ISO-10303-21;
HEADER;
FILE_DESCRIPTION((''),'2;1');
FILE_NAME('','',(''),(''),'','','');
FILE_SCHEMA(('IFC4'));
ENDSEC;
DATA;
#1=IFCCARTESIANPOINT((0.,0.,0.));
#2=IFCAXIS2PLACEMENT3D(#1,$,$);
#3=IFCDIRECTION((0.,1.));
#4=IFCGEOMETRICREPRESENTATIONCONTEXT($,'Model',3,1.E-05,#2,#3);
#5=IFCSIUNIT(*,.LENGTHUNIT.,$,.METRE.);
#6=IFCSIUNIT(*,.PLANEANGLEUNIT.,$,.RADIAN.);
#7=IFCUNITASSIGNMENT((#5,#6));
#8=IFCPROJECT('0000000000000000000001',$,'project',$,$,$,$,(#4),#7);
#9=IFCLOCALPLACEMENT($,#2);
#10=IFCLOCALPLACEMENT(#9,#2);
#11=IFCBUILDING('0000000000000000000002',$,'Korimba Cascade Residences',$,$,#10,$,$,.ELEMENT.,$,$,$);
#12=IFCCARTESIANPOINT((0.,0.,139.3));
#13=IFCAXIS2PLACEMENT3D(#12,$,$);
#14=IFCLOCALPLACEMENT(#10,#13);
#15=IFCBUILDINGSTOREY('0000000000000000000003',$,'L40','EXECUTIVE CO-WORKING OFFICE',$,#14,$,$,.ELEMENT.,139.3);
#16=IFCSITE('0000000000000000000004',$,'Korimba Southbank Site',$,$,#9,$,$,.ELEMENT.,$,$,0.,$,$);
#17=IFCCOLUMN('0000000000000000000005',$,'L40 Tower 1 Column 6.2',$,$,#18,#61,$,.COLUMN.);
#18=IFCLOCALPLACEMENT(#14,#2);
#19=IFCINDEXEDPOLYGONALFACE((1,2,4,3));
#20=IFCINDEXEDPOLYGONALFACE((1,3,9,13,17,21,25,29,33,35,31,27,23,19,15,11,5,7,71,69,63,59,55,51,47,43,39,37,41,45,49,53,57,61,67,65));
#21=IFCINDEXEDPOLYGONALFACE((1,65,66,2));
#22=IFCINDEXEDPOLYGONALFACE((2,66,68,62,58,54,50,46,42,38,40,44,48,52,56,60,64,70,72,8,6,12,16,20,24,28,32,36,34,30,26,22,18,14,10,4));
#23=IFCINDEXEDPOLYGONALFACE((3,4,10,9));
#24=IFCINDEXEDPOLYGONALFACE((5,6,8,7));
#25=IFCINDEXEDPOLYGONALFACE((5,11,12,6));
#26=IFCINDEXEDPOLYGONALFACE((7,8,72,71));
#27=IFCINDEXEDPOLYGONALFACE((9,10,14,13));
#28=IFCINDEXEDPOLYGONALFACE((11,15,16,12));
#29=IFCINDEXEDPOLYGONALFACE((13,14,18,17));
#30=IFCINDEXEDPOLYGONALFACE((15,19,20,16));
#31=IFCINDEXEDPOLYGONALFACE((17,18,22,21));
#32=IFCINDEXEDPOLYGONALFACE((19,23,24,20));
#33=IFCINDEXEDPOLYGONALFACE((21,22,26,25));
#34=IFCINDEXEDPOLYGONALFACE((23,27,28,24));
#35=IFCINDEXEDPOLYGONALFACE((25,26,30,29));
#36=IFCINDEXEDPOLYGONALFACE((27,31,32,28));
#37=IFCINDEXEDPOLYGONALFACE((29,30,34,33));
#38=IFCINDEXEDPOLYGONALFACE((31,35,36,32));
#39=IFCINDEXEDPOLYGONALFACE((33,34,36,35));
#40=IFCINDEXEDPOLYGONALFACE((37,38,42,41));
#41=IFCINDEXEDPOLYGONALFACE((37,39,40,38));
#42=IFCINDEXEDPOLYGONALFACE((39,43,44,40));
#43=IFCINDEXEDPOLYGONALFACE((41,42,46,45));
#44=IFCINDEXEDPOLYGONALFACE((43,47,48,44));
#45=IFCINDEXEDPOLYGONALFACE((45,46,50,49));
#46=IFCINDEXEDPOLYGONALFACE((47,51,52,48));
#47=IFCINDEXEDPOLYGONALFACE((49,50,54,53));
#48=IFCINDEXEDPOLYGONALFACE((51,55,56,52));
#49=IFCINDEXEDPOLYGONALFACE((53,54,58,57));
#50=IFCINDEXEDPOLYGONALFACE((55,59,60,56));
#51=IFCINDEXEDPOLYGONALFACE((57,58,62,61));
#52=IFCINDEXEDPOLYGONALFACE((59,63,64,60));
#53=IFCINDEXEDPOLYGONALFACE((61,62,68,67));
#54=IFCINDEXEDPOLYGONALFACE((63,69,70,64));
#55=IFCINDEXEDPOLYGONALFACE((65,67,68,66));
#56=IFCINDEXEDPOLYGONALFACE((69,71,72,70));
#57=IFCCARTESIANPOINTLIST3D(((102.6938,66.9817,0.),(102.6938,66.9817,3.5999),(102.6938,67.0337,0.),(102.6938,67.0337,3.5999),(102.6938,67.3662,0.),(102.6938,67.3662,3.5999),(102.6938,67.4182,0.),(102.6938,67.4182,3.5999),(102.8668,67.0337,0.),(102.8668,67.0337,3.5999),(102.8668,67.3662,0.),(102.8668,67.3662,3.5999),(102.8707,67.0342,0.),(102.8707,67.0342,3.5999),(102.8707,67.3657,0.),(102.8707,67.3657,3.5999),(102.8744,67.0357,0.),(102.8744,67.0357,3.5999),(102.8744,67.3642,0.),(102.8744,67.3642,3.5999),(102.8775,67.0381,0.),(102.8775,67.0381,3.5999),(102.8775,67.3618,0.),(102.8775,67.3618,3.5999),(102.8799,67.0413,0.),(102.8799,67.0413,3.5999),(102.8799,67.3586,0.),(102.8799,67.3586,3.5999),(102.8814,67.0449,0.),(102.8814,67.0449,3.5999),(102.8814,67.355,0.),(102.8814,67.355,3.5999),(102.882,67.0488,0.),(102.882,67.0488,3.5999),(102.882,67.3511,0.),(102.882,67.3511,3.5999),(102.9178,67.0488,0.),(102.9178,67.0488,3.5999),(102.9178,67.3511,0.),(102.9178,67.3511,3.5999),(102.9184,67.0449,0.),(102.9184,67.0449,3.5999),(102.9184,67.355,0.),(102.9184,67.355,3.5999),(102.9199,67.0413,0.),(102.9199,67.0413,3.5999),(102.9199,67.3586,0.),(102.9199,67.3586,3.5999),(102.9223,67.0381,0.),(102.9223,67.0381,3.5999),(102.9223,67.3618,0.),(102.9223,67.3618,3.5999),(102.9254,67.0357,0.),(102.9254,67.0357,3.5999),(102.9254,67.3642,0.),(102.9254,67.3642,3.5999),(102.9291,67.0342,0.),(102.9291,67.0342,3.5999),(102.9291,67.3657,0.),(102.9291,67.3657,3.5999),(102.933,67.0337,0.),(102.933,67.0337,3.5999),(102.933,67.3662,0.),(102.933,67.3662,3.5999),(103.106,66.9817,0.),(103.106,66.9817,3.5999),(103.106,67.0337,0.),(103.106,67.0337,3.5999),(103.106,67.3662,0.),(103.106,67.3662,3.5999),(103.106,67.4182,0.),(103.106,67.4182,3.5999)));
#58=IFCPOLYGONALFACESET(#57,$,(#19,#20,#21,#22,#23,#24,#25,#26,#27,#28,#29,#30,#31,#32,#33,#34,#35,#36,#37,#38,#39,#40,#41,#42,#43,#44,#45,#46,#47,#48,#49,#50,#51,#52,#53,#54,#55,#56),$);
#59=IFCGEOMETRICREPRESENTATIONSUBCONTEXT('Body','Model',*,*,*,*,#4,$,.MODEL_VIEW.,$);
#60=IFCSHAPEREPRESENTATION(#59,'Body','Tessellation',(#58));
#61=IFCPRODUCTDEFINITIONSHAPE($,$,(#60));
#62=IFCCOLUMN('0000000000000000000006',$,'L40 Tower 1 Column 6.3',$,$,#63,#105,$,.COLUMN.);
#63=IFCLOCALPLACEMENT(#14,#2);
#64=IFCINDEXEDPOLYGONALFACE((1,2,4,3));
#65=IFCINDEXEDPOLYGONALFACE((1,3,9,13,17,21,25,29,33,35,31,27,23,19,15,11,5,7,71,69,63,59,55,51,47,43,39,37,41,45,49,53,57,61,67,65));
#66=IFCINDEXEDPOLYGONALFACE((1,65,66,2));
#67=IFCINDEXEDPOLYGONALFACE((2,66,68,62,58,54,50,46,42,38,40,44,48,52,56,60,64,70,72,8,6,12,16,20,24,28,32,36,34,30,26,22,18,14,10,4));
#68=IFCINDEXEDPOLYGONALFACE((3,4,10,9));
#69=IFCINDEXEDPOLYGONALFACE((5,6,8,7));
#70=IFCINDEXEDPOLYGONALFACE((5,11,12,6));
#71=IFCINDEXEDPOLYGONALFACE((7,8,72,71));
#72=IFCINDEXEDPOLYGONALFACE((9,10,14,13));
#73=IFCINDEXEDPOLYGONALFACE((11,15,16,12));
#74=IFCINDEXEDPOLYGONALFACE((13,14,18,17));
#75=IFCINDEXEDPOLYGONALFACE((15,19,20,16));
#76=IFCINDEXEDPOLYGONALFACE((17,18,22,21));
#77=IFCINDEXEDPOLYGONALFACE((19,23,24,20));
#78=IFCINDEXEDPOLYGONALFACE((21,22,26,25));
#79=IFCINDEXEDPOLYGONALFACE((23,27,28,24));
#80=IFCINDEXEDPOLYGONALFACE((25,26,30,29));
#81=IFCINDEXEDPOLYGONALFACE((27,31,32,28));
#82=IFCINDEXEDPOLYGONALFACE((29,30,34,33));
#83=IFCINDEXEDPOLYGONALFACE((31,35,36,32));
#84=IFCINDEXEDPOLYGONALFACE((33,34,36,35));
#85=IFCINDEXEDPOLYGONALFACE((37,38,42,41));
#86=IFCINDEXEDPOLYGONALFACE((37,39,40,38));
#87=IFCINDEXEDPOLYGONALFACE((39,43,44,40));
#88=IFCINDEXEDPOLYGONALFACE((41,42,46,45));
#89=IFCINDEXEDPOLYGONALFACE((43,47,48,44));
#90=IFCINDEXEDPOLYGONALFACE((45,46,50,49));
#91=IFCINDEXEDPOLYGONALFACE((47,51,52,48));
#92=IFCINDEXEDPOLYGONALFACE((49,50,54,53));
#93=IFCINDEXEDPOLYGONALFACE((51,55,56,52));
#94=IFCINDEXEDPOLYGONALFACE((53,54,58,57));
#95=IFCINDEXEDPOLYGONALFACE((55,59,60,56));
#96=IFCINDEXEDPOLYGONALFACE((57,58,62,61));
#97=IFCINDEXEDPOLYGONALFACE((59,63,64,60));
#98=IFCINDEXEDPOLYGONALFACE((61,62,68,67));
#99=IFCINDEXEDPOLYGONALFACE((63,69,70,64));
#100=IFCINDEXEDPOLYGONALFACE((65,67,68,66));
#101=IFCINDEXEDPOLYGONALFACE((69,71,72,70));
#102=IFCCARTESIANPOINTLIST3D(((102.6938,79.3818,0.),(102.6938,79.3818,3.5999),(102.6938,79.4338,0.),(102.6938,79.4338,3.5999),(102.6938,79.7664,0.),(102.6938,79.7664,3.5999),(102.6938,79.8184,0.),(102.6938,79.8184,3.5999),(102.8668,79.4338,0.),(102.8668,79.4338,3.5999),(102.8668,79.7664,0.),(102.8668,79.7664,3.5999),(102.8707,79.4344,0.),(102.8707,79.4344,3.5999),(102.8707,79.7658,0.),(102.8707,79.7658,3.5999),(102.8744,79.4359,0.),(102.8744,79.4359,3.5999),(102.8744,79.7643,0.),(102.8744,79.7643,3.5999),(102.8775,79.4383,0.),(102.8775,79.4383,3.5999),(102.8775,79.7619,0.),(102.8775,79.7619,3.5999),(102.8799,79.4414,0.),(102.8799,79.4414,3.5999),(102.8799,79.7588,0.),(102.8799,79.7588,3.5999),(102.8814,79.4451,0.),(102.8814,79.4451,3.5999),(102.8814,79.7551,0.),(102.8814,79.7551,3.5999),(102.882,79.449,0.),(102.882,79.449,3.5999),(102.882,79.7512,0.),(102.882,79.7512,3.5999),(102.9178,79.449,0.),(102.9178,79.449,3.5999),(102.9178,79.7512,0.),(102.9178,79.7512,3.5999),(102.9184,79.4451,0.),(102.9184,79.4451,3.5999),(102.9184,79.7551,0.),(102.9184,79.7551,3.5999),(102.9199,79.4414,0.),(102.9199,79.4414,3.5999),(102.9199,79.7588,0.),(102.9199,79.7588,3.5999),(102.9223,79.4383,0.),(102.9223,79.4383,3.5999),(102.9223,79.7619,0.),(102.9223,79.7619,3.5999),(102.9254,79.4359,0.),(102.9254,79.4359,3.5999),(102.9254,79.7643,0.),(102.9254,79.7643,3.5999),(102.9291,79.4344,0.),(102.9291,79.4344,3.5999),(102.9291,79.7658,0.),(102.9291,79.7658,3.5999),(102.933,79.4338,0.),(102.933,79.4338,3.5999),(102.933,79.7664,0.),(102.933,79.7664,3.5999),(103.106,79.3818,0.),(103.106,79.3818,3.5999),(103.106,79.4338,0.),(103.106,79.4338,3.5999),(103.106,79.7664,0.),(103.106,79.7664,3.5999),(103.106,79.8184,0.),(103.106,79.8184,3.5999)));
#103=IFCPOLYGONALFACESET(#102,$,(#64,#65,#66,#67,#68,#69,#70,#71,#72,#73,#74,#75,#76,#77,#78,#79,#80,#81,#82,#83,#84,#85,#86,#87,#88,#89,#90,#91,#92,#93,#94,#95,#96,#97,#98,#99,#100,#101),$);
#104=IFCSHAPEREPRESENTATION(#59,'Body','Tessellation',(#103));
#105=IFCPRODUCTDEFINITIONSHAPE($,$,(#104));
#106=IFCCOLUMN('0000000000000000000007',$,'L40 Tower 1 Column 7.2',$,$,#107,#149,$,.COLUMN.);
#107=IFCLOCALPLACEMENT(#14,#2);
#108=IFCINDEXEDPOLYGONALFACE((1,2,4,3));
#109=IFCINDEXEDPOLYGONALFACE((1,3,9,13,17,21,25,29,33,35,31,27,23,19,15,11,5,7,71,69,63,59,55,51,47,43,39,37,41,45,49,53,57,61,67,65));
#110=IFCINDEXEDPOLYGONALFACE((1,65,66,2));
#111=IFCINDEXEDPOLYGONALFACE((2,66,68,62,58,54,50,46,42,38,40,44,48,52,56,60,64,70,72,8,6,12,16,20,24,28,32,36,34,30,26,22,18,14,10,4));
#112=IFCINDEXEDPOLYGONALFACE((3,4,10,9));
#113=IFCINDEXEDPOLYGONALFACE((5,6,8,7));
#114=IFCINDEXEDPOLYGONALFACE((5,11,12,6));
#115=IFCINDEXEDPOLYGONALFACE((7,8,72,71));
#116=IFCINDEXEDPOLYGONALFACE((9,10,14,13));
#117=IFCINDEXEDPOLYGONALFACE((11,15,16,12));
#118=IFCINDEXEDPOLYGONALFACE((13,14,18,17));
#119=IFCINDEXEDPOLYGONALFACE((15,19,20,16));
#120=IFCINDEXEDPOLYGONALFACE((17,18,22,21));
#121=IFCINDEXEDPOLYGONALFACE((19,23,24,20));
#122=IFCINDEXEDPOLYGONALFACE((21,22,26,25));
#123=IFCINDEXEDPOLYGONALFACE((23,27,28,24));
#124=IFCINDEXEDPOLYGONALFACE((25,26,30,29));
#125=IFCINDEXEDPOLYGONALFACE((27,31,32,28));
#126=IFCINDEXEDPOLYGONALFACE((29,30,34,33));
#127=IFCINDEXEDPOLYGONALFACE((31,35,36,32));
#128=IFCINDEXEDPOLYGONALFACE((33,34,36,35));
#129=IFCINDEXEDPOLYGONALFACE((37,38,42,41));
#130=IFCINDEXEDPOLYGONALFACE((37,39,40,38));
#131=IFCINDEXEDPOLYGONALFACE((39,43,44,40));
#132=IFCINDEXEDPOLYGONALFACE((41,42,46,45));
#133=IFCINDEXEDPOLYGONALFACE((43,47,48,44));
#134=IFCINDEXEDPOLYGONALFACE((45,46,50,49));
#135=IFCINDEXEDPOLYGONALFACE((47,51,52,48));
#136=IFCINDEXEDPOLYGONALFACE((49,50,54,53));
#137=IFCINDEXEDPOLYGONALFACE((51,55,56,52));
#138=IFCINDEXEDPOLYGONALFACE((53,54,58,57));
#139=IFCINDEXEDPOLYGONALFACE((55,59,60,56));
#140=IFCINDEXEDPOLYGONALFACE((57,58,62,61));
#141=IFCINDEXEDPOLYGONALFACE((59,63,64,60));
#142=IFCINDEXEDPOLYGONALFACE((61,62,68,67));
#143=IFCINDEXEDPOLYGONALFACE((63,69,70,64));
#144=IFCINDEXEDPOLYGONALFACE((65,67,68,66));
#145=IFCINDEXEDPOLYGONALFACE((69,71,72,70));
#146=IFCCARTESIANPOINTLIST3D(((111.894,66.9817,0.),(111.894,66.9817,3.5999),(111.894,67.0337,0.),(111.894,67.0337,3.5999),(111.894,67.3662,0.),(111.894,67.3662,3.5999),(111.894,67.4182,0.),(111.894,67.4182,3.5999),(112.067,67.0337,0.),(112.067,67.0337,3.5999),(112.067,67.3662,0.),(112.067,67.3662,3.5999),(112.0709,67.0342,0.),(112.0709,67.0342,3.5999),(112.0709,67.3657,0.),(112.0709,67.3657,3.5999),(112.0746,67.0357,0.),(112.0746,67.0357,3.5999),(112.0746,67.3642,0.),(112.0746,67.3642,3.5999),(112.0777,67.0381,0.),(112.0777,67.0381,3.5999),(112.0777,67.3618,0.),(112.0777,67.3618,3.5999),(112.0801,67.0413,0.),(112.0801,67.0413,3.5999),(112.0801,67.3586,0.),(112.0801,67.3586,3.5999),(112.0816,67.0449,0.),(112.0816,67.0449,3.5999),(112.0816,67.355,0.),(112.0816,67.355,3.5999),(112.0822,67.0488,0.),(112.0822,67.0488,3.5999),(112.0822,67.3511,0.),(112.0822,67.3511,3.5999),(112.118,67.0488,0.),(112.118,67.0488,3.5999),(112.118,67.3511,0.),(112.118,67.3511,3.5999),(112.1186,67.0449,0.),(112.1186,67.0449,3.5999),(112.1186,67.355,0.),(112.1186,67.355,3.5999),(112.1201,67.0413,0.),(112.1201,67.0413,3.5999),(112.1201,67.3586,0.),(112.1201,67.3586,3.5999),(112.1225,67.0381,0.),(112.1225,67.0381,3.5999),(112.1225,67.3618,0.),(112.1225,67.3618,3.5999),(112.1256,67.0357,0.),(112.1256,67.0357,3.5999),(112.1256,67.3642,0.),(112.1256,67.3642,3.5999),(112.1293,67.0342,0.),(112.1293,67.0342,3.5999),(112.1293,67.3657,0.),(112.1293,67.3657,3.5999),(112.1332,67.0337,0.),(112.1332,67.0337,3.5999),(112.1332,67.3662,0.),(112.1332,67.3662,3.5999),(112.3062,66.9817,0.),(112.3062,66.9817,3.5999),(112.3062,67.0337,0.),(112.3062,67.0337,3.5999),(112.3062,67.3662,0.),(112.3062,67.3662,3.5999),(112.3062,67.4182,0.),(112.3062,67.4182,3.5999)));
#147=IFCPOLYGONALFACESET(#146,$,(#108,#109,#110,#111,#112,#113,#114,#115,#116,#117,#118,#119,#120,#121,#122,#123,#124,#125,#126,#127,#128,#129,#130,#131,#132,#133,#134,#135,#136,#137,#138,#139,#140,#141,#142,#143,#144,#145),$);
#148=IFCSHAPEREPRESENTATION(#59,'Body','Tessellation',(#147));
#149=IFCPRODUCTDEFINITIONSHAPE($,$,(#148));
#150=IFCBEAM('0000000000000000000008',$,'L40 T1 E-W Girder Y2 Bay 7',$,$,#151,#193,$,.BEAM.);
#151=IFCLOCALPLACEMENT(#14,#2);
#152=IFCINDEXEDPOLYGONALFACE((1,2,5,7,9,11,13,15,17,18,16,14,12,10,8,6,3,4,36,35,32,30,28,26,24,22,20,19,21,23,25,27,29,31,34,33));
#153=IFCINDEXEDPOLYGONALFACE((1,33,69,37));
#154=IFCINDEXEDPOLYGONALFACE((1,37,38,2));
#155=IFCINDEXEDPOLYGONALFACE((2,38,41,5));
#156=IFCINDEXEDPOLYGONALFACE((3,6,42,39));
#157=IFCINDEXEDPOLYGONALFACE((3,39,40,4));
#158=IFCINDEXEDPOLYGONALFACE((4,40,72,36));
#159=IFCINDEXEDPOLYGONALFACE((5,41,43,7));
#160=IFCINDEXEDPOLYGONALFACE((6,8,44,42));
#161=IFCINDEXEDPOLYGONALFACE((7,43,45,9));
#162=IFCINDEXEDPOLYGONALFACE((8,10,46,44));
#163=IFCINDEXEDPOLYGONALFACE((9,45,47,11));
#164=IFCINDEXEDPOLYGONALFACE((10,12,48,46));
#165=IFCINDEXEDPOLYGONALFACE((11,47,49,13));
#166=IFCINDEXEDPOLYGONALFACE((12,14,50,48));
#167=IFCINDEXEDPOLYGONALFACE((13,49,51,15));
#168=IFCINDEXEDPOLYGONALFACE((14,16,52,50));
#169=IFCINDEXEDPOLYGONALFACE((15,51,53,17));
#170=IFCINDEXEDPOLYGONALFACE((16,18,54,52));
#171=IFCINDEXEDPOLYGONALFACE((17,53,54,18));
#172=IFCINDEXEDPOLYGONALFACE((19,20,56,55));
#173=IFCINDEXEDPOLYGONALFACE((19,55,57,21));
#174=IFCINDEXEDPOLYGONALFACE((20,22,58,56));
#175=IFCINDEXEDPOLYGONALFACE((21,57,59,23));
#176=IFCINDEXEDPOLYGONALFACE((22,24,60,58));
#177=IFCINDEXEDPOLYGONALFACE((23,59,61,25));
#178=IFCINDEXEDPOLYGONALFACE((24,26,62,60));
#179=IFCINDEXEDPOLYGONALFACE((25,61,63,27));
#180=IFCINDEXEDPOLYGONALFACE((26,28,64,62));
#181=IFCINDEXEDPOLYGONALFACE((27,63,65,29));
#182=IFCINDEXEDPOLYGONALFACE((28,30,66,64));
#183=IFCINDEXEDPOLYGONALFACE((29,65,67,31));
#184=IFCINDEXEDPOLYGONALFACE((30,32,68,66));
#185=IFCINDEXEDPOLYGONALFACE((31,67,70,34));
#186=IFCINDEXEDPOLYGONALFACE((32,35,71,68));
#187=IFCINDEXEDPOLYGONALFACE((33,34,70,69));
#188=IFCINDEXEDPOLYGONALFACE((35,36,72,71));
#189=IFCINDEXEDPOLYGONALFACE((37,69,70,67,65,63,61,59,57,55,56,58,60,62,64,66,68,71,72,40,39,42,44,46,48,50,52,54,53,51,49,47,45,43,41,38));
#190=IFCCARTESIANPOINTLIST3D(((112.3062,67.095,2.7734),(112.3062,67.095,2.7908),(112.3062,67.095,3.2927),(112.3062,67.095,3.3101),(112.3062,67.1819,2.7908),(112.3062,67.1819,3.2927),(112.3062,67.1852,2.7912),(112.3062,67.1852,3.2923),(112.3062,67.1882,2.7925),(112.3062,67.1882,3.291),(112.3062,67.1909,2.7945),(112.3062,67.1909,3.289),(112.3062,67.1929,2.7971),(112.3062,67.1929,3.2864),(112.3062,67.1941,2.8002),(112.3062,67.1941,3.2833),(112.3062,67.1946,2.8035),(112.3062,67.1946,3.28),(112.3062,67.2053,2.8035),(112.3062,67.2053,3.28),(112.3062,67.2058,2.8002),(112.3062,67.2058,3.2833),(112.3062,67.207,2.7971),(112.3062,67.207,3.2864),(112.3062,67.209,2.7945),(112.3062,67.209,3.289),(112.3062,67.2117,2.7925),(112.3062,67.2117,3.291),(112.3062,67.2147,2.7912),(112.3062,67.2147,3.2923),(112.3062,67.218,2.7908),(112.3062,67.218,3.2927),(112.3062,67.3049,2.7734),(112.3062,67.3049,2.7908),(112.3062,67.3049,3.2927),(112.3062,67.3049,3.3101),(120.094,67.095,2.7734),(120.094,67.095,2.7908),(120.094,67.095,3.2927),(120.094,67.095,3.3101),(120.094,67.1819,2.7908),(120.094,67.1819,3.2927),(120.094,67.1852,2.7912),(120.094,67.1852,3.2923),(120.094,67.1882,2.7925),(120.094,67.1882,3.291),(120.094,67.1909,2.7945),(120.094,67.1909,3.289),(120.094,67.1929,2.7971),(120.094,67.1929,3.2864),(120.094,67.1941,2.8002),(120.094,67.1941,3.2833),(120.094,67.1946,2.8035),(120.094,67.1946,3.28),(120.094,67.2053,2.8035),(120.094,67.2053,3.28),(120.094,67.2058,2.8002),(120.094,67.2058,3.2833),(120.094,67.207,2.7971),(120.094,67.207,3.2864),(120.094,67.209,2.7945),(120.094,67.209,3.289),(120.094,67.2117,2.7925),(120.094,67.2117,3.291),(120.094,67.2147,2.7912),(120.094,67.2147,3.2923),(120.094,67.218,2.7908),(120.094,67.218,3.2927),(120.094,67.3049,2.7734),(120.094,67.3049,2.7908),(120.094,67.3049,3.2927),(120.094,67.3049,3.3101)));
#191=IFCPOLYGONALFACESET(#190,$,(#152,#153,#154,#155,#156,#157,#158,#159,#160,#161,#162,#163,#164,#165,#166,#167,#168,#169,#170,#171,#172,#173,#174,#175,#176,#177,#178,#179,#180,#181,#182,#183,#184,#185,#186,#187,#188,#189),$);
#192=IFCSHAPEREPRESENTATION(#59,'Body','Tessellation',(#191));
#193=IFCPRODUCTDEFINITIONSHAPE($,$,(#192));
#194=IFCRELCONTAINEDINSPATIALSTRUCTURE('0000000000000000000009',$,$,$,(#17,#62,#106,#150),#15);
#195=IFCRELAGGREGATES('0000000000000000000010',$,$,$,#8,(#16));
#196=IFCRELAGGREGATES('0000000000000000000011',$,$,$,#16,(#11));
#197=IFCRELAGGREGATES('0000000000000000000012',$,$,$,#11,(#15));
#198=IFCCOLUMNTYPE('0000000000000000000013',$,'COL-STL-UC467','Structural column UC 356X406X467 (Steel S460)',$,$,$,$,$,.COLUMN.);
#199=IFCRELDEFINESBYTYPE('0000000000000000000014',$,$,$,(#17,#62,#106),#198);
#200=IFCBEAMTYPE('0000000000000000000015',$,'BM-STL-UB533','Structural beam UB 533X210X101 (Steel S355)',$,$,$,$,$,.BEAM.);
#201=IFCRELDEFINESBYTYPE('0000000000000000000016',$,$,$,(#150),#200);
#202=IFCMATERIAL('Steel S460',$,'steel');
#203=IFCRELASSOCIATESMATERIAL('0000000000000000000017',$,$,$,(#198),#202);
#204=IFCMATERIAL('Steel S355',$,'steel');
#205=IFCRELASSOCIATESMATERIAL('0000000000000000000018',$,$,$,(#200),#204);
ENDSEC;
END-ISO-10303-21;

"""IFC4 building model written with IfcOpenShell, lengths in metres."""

from ifc_helpers import new_model, si_unit, direction, frame, origin, origin_2d, place, context, subcontext, project, spatial, i_section, extrude, material, material_profile, profile_set, type_object, element, save


model = new_model("IFC4")

# Units and contexts
model_context = context("Model", 3, precision=1e-05, world=origin(), true_north=direction((0.0, 1.0)))
body_context = subcontext(model_context, "Body", "Model", "MODEL_VIEW")
ifc_project = project(units=[si_unit("LENGTHUNIT", "METRE"), si_unit("PLANEANGLEUNIT", "RADIAN")], contexts=[model_context])

# Site, building, storey
site_placement = place(None, origin())
site = spatial("IfcSite", under=ifc_project, at=site_placement, Name="Korimba Southbank Site", CompositionType="ELEMENT", RefElevation=0.0)
building_placement = place(site_placement, origin())
building = spatial("IfcBuilding", under=site, at=building_placement, Name="Korimba Cascade Residences", CompositionType="ELEMENT")
storey_placement = place(building_placement, frame((0.0, 0.0, 139.3)))
storey = spatial("IfcBuildingStorey", under=building, at=storey_placement, Name="L40", Description="EXECUTIVE CO-WORKING OFFICE", CompositionType="ELEMENT", Elevation=139.3)

# Columns
ifc_material_1 = material(Name="Steel S460", Category="steel")
ifc_material_profile_1 = material_profile(ifc_material_1, i_section(OverallWidth=0.4121, OverallDepth=0.4365, WebThickness=0.0359, FlangeThickness=0.052, FilletRadius=0.0151, at=origin_2d()), Name="Steel S460")
ifc_profile_set_1 = profile_set([ifc_material_profile_1], Name="Steel S460")
column_type = type_object("IfcColumnType", Name="COL-STL-UC467", Description="Structural column UC 356X406X467 (Steel S460)", PredefinedType="COLUMN", material=ifc_profile_set_1)
for number, where, z_axis, x_axis, name in (
    (1, (102.8999, 67.2, 0.0), (0.0, 0.0, 1.0), (1.0, 0.0, 0.0), "L40 Tower 1 Column 6.2"),
    (2, (102.8999, 79.6001, 0.0), (0.0, 0.0, 1.0), (1.0, 0.0, 0.0), "L40 Tower 1 Column 6.3"),
    (3, (112.1001, 67.2, 0.0), (0.0, 0.0, 1.0), (1.0, 0.0, 0.0), "L40 Tower 1 Column 7.2"),
):
    element("IfcColumn", number, at=place(storey_placement, frame(where, z_axis=z_axis, x_axis=x_axis)), inside=storey, type_object=column_type, Name=name, PredefinedType="COLUMN", context=body_context, shape_type="SweptSolid", body=[
        extrude(i_section(OverallWidth=0.4121, OverallDepth=0.4365, WebThickness=0.0359, FlangeThickness=0.052, FilletRadius=0.0151, at=origin_2d()), origin(), (0.0, 0.0, 1.0), 3.5999),
    ])

# Beam
ifc_material_2 = material(Name="Steel S355", Category="steel")
ifc_material_profile_2 = material_profile(ifc_material_2, i_section(OverallWidth=0.21, OverallDepth=0.5366, WebThickness=0.0107, FlangeThickness=0.0173, FilletRadius=0.0127, at=origin_2d()), Name="Steel S355")
ifc_profile_set_2 = profile_set([ifc_material_profile_2], Name="Steel S355")
beam_type_1 = type_object("IfcBeamType", Name="BM-STL-UB533", Description="Structural beam UB 533X210X101 (Steel S355)", PredefinedType="BEAM", material=ifc_profile_set_2)
beam_1_placement = place(storey_placement, frame((112.3062, 67.2, 3.0417), z_axis=(1.0, 0.0, 0.0), x_axis=(0.0, 1.0, 0.0)))
element("IfcBeam", 4, at=beam_1_placement, inside=storey, type_object=beam_type_1, Name="L40 T1 E-W Girder Y2 Bay 7", PredefinedType="BEAM", context=body_context, shape_type="SweptSolid", body=[
    extrude(i_section(OverallWidth=0.21, OverallDepth=0.5366, WebThickness=0.0107, FlangeThickness=0.0173, FilletRadius=0.0127, at=origin_2d()), origin(), (0.0, 0.0, 1.0), 7.7878),
])

save(model, "model.ifc")
